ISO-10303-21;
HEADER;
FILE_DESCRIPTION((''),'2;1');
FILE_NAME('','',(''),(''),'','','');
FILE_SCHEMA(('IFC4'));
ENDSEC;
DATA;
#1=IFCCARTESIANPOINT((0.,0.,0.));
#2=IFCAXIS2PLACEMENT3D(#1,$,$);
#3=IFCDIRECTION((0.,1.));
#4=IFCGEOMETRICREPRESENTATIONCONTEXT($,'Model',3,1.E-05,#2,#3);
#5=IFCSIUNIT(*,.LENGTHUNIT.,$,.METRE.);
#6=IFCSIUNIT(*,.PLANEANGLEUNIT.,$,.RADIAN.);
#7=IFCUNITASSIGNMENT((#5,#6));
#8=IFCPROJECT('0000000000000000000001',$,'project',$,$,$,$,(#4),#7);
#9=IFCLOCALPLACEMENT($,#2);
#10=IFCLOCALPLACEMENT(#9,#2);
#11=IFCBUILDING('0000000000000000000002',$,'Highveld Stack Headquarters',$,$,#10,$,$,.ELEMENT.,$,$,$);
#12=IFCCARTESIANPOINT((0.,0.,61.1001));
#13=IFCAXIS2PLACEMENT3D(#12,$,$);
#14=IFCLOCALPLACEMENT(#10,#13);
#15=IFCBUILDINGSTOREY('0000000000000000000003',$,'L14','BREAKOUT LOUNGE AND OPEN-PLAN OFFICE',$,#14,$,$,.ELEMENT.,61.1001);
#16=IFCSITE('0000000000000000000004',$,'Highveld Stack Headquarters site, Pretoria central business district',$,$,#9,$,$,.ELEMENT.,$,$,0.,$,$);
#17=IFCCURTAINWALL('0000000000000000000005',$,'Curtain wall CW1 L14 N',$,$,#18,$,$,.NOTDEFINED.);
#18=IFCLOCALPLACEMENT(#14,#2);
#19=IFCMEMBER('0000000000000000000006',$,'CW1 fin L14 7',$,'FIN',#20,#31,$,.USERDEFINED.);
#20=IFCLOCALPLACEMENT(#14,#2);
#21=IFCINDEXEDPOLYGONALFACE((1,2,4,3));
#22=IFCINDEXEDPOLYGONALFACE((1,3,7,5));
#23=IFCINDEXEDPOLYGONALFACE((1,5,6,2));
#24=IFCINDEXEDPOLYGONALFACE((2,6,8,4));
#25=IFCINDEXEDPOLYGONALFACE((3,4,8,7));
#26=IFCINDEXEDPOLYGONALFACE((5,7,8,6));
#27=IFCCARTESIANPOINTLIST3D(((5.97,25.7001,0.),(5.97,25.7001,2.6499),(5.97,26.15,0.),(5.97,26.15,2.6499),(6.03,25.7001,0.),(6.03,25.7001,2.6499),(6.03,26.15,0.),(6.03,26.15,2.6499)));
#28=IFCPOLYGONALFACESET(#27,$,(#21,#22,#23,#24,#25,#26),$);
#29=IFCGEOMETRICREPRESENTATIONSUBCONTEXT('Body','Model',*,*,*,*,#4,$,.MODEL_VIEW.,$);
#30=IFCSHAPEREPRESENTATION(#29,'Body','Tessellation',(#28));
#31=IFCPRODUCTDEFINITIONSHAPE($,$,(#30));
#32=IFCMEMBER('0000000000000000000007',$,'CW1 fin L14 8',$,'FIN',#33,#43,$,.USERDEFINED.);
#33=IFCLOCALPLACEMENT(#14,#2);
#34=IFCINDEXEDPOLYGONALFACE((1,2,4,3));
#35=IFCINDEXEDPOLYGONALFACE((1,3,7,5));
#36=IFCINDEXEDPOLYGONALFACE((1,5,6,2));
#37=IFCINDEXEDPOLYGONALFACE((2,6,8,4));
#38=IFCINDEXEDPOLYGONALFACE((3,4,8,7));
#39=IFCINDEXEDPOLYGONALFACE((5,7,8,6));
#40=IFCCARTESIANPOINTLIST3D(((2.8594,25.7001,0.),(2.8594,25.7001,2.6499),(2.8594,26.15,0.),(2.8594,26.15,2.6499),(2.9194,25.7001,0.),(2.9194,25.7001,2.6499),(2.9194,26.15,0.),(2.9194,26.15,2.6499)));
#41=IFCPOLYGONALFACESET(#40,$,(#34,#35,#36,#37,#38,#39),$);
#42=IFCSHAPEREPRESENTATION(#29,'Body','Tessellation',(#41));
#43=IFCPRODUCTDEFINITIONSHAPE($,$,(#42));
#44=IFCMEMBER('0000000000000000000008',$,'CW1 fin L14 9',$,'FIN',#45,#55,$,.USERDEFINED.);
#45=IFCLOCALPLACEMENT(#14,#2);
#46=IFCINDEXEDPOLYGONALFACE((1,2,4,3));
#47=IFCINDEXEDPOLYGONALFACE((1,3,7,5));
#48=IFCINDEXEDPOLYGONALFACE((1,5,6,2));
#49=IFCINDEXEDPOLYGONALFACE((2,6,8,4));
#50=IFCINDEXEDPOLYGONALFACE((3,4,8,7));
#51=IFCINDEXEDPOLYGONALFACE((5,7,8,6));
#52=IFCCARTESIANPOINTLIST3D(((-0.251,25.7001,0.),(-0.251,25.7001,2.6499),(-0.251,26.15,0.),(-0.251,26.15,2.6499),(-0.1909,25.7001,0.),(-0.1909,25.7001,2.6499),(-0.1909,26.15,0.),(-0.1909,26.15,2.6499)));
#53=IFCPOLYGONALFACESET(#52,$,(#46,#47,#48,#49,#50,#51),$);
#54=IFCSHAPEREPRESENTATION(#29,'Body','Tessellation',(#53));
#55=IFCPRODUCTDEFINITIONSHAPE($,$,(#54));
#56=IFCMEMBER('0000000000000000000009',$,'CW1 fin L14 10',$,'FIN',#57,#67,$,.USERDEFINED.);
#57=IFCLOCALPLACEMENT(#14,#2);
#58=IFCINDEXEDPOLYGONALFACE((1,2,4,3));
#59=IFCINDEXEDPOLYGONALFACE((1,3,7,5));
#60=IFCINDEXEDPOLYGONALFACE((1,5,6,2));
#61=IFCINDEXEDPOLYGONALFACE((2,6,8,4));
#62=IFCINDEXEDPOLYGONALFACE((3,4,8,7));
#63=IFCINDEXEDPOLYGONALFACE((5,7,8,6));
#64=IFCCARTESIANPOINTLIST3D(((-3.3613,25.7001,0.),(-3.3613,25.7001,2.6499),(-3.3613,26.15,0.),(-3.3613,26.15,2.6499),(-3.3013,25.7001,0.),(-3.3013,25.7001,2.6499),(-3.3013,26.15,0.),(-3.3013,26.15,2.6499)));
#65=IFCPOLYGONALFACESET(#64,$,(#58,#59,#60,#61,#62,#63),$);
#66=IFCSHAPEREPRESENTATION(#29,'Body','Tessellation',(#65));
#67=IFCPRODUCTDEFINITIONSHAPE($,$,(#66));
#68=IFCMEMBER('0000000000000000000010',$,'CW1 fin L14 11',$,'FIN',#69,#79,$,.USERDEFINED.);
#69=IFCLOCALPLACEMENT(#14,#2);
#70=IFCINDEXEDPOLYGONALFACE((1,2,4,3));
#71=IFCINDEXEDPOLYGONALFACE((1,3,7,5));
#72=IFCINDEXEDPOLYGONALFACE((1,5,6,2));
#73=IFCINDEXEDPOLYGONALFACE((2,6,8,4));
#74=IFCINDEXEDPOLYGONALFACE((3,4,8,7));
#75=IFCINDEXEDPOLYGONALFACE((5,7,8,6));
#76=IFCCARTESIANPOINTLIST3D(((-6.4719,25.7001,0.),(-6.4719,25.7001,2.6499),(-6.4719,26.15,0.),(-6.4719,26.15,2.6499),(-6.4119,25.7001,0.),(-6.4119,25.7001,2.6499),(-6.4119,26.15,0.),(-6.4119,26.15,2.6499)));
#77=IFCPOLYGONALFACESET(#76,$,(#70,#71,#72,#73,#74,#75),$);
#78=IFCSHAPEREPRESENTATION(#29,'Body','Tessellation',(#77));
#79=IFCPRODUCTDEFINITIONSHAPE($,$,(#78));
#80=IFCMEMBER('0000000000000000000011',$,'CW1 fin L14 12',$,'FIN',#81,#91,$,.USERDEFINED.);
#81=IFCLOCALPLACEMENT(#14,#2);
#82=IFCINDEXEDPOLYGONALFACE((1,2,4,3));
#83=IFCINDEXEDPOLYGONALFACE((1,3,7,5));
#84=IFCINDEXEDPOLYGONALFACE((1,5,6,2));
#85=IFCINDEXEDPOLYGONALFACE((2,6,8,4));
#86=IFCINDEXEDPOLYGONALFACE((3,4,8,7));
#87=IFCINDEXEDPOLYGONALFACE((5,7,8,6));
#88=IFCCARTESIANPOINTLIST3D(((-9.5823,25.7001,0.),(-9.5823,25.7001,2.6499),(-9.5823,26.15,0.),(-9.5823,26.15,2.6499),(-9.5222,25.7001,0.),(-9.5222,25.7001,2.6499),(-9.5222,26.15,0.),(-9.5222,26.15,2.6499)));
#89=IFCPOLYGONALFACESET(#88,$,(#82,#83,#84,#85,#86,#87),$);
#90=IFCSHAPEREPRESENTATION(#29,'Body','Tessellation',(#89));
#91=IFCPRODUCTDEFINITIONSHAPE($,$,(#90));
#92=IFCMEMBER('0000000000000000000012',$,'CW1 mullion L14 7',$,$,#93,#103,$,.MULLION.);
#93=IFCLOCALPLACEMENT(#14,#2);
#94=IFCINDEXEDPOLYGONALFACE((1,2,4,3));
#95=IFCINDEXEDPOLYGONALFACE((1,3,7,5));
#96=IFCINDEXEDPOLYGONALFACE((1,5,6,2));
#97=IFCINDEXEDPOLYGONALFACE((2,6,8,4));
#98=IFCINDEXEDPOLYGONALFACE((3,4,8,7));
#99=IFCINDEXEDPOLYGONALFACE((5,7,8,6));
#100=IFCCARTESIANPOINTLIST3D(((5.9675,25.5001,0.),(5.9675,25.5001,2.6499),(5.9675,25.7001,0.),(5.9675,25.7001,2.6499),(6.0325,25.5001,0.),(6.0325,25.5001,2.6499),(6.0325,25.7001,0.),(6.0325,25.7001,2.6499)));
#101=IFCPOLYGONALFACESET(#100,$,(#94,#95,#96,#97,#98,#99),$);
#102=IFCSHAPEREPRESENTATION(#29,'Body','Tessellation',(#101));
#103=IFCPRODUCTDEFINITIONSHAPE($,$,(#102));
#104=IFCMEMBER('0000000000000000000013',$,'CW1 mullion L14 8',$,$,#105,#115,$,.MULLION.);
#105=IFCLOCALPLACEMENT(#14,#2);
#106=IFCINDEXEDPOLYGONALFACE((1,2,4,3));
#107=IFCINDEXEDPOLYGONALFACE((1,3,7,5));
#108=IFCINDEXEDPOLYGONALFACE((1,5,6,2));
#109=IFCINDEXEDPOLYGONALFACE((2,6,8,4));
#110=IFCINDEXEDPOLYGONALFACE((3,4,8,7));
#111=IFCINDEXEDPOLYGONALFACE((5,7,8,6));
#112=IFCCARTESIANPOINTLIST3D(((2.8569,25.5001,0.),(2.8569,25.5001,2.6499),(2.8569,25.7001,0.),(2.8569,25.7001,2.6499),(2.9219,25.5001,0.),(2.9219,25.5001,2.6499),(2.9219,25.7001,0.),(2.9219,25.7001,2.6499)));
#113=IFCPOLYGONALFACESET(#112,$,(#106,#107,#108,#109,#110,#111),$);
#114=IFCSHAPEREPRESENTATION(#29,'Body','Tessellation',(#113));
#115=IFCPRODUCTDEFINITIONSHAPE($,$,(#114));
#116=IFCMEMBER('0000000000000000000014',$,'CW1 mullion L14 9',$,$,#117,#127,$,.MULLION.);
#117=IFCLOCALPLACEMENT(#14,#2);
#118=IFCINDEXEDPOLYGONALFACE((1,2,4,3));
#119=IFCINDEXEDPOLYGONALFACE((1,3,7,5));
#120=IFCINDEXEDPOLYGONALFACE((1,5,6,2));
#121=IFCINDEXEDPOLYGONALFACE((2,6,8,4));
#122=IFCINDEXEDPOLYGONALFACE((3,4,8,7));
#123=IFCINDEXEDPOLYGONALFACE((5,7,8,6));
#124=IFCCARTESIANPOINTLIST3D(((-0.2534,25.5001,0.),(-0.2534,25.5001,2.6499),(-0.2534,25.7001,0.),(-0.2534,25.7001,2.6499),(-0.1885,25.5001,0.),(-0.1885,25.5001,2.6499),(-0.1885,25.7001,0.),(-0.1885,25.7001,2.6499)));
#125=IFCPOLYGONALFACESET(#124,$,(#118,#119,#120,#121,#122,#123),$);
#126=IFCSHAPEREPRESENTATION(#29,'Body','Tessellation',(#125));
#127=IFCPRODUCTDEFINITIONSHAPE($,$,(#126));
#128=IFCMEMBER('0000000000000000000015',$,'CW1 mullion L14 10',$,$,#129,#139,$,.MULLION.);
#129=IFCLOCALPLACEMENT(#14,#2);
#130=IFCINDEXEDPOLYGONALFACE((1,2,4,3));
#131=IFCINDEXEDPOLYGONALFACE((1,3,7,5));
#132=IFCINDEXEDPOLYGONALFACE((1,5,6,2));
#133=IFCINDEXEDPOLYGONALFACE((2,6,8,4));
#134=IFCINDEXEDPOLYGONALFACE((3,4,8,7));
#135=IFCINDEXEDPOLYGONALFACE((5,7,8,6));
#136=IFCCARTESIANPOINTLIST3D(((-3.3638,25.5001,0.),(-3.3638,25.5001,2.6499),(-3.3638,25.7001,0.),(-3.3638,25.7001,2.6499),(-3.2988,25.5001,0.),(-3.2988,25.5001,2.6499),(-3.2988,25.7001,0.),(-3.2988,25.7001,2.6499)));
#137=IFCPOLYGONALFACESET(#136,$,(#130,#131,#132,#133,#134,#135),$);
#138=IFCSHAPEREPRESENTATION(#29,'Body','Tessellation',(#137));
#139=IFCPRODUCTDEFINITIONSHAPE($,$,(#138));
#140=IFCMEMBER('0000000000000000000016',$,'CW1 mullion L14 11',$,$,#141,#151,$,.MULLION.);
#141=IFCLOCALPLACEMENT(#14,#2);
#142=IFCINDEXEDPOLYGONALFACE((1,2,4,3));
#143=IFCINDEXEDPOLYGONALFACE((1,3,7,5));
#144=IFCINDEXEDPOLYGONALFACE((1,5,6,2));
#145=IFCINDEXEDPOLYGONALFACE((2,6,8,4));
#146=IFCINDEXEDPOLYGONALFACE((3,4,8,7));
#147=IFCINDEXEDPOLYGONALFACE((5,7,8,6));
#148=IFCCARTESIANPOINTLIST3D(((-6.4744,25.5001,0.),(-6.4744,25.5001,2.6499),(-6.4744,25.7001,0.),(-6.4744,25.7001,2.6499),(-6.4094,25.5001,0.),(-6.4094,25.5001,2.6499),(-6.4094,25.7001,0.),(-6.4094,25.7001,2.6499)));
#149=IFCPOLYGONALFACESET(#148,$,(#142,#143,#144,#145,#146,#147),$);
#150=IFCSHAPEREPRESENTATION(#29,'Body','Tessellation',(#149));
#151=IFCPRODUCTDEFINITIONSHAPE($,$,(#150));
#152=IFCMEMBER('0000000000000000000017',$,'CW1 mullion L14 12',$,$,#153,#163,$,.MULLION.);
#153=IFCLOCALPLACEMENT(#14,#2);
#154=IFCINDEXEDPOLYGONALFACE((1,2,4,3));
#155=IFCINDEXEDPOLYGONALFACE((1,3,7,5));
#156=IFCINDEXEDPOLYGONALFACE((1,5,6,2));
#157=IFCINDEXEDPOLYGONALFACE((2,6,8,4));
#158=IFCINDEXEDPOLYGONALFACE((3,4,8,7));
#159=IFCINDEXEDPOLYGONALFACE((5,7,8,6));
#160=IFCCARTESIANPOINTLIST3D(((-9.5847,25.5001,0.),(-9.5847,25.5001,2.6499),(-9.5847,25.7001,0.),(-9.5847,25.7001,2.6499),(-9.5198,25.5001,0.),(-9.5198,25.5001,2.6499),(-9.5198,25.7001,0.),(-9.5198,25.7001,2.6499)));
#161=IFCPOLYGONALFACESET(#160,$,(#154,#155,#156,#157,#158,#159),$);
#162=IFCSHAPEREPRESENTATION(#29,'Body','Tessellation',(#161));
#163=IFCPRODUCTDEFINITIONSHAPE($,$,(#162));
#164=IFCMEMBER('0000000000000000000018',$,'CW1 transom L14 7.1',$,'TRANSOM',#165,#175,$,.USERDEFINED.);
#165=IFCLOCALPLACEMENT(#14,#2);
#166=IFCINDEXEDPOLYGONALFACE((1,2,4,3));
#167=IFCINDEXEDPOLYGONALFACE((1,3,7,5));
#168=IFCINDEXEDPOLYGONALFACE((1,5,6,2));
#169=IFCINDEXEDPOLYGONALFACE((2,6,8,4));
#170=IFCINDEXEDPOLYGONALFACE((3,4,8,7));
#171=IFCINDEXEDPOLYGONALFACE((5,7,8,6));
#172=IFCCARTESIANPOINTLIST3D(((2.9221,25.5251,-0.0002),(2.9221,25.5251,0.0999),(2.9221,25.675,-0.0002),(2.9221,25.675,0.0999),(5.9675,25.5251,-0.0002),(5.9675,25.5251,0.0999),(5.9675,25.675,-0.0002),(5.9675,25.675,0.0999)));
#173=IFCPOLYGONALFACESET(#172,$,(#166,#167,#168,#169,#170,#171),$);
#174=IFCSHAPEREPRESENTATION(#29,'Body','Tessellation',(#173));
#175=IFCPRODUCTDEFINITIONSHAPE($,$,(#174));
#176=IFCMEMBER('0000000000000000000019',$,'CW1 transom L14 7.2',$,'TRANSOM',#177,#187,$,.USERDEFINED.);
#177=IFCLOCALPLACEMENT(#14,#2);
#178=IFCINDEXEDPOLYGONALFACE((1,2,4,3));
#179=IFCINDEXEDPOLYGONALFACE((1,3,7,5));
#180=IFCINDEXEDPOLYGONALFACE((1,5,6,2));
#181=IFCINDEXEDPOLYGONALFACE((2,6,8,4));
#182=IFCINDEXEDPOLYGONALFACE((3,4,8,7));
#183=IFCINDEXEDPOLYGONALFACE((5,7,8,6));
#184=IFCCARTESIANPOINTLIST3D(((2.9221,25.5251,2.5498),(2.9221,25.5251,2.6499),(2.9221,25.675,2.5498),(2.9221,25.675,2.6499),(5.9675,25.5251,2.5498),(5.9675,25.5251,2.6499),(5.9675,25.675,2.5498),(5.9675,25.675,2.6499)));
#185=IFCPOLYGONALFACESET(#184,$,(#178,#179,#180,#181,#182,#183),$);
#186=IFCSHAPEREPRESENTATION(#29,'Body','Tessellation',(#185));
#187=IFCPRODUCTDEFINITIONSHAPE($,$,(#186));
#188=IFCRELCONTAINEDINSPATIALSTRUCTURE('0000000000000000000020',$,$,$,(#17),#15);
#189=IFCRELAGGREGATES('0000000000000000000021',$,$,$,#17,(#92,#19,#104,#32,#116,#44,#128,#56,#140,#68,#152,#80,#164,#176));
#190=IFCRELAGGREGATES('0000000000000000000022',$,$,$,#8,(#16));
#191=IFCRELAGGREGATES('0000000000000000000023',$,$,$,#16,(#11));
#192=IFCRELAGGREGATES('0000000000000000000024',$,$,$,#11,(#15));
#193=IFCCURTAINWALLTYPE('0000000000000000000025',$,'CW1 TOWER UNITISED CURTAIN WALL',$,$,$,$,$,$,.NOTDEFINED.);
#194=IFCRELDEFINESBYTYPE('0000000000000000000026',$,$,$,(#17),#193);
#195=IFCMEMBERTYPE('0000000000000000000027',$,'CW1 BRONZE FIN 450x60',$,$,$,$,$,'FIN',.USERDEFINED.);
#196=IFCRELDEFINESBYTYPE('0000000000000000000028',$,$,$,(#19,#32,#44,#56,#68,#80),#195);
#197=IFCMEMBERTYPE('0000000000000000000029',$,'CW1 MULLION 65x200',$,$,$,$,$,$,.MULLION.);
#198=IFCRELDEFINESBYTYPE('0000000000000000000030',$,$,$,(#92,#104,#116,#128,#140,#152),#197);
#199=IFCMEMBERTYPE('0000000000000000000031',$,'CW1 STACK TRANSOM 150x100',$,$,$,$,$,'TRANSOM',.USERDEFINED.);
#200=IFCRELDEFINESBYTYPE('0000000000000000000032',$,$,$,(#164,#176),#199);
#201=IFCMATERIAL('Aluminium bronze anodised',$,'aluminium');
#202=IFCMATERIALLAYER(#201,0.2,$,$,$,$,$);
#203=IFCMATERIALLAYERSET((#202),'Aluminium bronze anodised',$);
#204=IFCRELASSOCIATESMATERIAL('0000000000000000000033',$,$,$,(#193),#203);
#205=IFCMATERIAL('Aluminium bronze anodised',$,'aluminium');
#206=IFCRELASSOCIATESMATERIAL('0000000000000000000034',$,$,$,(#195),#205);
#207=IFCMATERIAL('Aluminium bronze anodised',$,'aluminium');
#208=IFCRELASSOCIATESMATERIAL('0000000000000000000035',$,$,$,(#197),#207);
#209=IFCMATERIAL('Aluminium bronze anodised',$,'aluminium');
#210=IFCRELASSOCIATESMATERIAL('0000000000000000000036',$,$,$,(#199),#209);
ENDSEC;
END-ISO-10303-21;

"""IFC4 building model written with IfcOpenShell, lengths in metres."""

from ifc_helpers import new_model, si_unit, direction, frame, origin, origin_2d, place, context, subcontext, project, spatial, rectangle, extrude, material, layer, layer_set, material_profile, profile_set, type_object, element, aggregate, save


model = new_model("IFC4")

# Units and contexts
model_context = context("Model", 3, precision=1e-05, world=origin(), true_north=direction((0.0, 1.0)))
body_context = subcontext(model_context, "Body", "Model", "MODEL_VIEW")
ifc_project = project(units=[si_unit("LENGTHUNIT", "METRE"), si_unit("PLANEANGLEUNIT", "RADIAN")], contexts=[model_context])

# Site, building, storey
site_placement = place(None, origin())
site = spatial("IfcSite", under=ifc_project, at=site_placement, Name="Highveld Stack Headquarters site, Pretoria central business district", CompositionType="ELEMENT", RefElevation=0.0)
building_placement = place(site_placement, origin())
building = spatial("IfcBuilding", under=site, at=building_placement, Name="Highveld Stack Headquarters", CompositionType="ELEMENT")
storey_placement = place(building_placement, frame((0.0, 0.0, 61.1001)))
storey = spatial("IfcBuildingStorey", under=building, at=storey_placement, Name="L14", Description="BREAKOUT LOUNGE AND OPEN-PLAN OFFICE", CompositionType="ELEMENT", Elevation=61.1001)

# Curtain wall, members
ifc_material_1 = material(Name="Aluminium bronze anodised", Category="aluminium")
ifc_layer_1 = layer(ifc_material_1, 0.2)
ifc_layer_set_1 = layer_set([ifc_layer_1], Name="Aluminium bronze anodised")
curtain_wall_type = type_object("IfcCurtainWallType", Name="CW1 TOWER UNITISED CURTAIN WALL", PredefinedType="NOTDEFINED", material=ifc_layer_set_1)
curtain_wall_placement = place(storey_placement, origin())
curtain_wall = element("IfcCurtainWall", 1, at=curtain_wall_placement, inside=storey, type_object=curtain_wall_type, Name="Curtain wall CW1 L14 N", PredefinedType="NOTDEFINED")
ifc_material_2 = material(Name="Aluminium bronze anodised", Category="aluminium")
ifc_material_profile_1 = material_profile(ifc_material_2, rectangle(XDim=0.45, YDim=0.0601, at=origin_2d()), Name="FIN 450x60")
ifc_profile_set_1 = profile_set([ifc_material_profile_1], Name="Aluminium bronze anodised")
member_type_1 = type_object("IfcMemberType", Name="CW1 BRONZE FIN 450x60", ElementType="FIN", PredefinedType="USERDEFINED", material=ifc_profile_set_1)
member_1_placement = place(storey_placement, frame((6.0, 25.925, 0.0), z_axis=(0.0, 0.0, 1.0), x_axis=(0.0, -1.0, 0.0)))
member_1 = element("IfcMember", 2, at=member_1_placement, type_object=member_type_1, Name="CW1 fin L14 7", ObjectType="FIN", PredefinedType="USERDEFINED", context=body_context, shape_type="SweptSolid", body=[
    extrude(rectangle(XDim=0.45, YDim=0.0601, at=origin_2d()), origin(), (0.0, 0.0, 1.0), 2.6499),
])
member_2_placement = place(storey_placement, frame((2.8894, 25.925, 0.0), z_axis=(0.0, 0.0, 1.0), x_axis=(0.0, -1.0, 0.0)))
member_2 = element("IfcMember", 3, at=member_2_placement, type_object=member_type_1, Name="CW1 fin L14 8", ObjectType="FIN", PredefinedType="USERDEFINED", context=body_context, shape_type="SweptSolid", body=[
    extrude(rectangle(XDim=0.45, YDim=0.0601, at=origin_2d()), origin(), (0.0, 0.0, 1.0), 2.6499),
])
member_3_placement = place(storey_placement, frame((-0.2209, 25.925, 0.0), z_axis=(0.0, 0.0, 1.0), x_axis=(0.0, -1.0, 0.0)))
member_3 = element("IfcMember", 4, at=member_3_placement, type_object=member_type_1, Name="CW1 fin L14 9", ObjectType="FIN", PredefinedType="USERDEFINED", context=body_context, shape_type="SweptSolid", body=[
    extrude(rectangle(XDim=0.45, YDim=0.0601, at=origin_2d()), origin(), (0.0, 0.0, 1.0), 2.6499),
])
member_4_placement = place(storey_placement, frame((-3.3313, 25.925, 0.0), z_axis=(0.0, 0.0, 1.0), x_axis=(0.0, -1.0, 0.0)))
member_4 = element("IfcMember", 5, at=member_4_placement, type_object=member_type_1, Name="CW1 fin L14 10", ObjectType="FIN", PredefinedType="USERDEFINED", context=body_context, shape_type="SweptSolid", body=[
    extrude(rectangle(XDim=0.45, YDim=0.0601, at=origin_2d()), origin(), (0.0, 0.0, 1.0), 2.6499),
])
member_5_placement = place(storey_placement, frame((-6.4419, 25.925, 0.0), z_axis=(0.0, 0.0, 1.0), x_axis=(0.0, -1.0, 0.0)))
member_5 = element("IfcMember", 6, at=member_5_placement, type_object=member_type_1, Name="CW1 fin L14 11", ObjectType="FIN", PredefinedType="USERDEFINED", context=body_context, shape_type="SweptSolid", body=[
    extrude(rectangle(XDim=0.45, YDim=0.0601, at=origin_2d()), origin(), (0.0, 0.0, 1.0), 2.6499),
])
member_6_placement = place(storey_placement, frame((-9.5522, 25.925, 0.0), z_axis=(0.0, 0.0, 1.0), x_axis=(0.0, -1.0, 0.0)))
member_6 = element("IfcMember", 7, at=member_6_placement, type_object=member_type_1, Name="CW1 fin L14 12", ObjectType="FIN", PredefinedType="USERDEFINED", context=body_context, shape_type="SweptSolid", body=[
    extrude(rectangle(XDim=0.45, YDim=0.0601, at=origin_2d()), origin(), (0.0, 0.0, 1.0), 2.6499),
])
ifc_material_3 = material(Name="Aluminium bronze anodised", Category="aluminium")
ifc_material_profile_2 = material_profile(ifc_material_3, rectangle(XDim=0.2, YDim=0.0649, at=origin_2d()), Name="CW1 MULLION 65x200")
ifc_profile_set_2 = profile_set([ifc_material_profile_2], Name="Aluminium bronze anodised")
member_type_2 = type_object("IfcMemberType", Name="CW1 MULLION 65x200", PredefinedType="MULLION", material=ifc_profile_set_2)
member_7_placement = place(storey_placement, frame((6.0, 25.6001, 0.0), z_axis=(0.0, 0.0, 1.0), x_axis=(0.0, -1.0, 0.0)))
member_7 = element("IfcMember", 8, at=member_7_placement, type_object=member_type_2, Name="CW1 mullion L14 7", PredefinedType="MULLION", context=body_context, shape_type="SweptSolid", body=[
    extrude(rectangle(XDim=0.2, YDim=0.0649, at=origin_2d()), origin(), (0.0, 0.0, 1.0), 2.6499),
])
member_8_placement = place(storey_placement, frame((2.8894, 25.6001, 0.0), z_axis=(0.0, 0.0, 1.0), x_axis=(0.0, -1.0, 0.0)))
member_8 = element("IfcMember", 9, at=member_8_placement, type_object=member_type_2, Name="CW1 mullion L14 8", PredefinedType="MULLION", context=body_context, shape_type="SweptSolid", body=[
    extrude(rectangle(XDim=0.2, YDim=0.0649, at=origin_2d()), origin(), (0.0, 0.0, 1.0), 2.6499),
])
member_9_placement = place(storey_placement, frame((-0.2209, 25.6001, 0.0), z_axis=(0.0, 0.0, 1.0), x_axis=(0.0, -1.0, 0.0)))
member_9 = element("IfcMember", 10, at=member_9_placement, type_object=member_type_2, Name="CW1 mullion L14 9", PredefinedType="MULLION", context=body_context, shape_type="SweptSolid", body=[
    extrude(rectangle(XDim=0.2, YDim=0.0649, at=origin_2d()), origin(), (0.0, 0.0, 1.0), 2.6499),
])
member_10_placement = place(storey_placement, frame((-3.3313, 25.6001, 0.0), z_axis=(0.0, 0.0, 1.0), x_axis=(0.0, -1.0, 0.0)))
member_10 = element("IfcMember", 11, at=member_10_placement, type_object=member_type_2, Name="CW1 mullion L14 10", PredefinedType="MULLION", context=body_context, shape_type="SweptSolid", body=[
    extrude(rectangle(XDim=0.2, YDim=0.0649, at=origin_2d()), origin(), (0.0, 0.0, 1.0), 2.6499),
])
member_11_placement = place(storey_placement, frame((-6.4419, 25.6001, 0.0), z_axis=(0.0, 0.0, 1.0), x_axis=(0.0, -1.0, 0.0)))
member_11 = element("IfcMember", 12, at=member_11_placement, type_object=member_type_2, Name="CW1 mullion L14 11", PredefinedType="MULLION", context=body_context, shape_type="SweptSolid", body=[
    extrude(rectangle(XDim=0.2, YDim=0.0649, at=origin_2d()), origin(), (0.0, 0.0, 1.0), 2.6499),
])
member_12_placement = place(storey_placement, frame((-9.5522, 25.6001, 0.0), z_axis=(0.0, 0.0, 1.0), x_axis=(0.0, -1.0, 0.0)))
member_12 = element("IfcMember", 13, at=member_12_placement, type_object=member_type_2, Name="CW1 mullion L14 12", PredefinedType="MULLION", context=body_context, shape_type="SweptSolid", body=[
    extrude(rectangle(XDim=0.2, YDim=0.0649, at=origin_2d()), origin(), (0.0, 0.0, 1.0), 2.6499),
])
ifc_material_4 = material(Name="Aluminium bronze anodised", Category="aluminium")
ifc_material_profile_3 = material_profile(ifc_material_4, rectangle(XDim=0.1499, YDim=0.1001, at=origin_2d()), Name="CW1 TRANSOM 150x100")
ifc_profile_set_3 = profile_set([ifc_material_profile_3], Name="Aluminium bronze anodised")
member_type_3 = type_object("IfcMemberType", Name="CW1 STACK TRANSOM 150x100", ElementType="TRANSOM", PredefinedType="USERDEFINED", material=ifc_profile_set_3)
member_13_placement = place(storey_placement, frame((5.9675, 25.6001, 0.0498), z_axis=(-1.0, 0.0, 0.0), x_axis=(0.0, -1.0, 0.0)))
member_13 = element("IfcMember", 14, at=member_13_placement, type_object=member_type_3, Name="CW1 transom L14 7.1", ObjectType="TRANSOM", PredefinedType="USERDEFINED", context=body_context, shape_type="SweptSolid", body=[
    extrude(rectangle(XDim=0.1499, YDim=0.1001, at=origin_2d()), origin(), (0.0, 0.0, 1.0), 3.0454),
])
member_14_placement = place(storey_placement, frame((5.9675, 25.6001, 2.5999), z_axis=(-1.0, 0.0, 0.0), x_axis=(0.0, -1.0, 0.0)))
member_14 = element("IfcMember", 15, at=member_14_placement, type_object=member_type_3, Name="CW1 transom L14 7.2", ObjectType="TRANSOM", PredefinedType="USERDEFINED", context=body_context, shape_type="SweptSolid", body=[
    extrude(rectangle(XDim=0.1499, YDim=0.1001, at=origin_2d()), origin(), (0.0, 0.0, 1.0), 3.0454),
])
aggregate(curtain_wall, [member_7, member_1, member_8, member_2, member_9, member_3, member_10, member_4, member_11, member_5, member_12, member_6, member_13, member_14])

save(model, "model.ifc")
